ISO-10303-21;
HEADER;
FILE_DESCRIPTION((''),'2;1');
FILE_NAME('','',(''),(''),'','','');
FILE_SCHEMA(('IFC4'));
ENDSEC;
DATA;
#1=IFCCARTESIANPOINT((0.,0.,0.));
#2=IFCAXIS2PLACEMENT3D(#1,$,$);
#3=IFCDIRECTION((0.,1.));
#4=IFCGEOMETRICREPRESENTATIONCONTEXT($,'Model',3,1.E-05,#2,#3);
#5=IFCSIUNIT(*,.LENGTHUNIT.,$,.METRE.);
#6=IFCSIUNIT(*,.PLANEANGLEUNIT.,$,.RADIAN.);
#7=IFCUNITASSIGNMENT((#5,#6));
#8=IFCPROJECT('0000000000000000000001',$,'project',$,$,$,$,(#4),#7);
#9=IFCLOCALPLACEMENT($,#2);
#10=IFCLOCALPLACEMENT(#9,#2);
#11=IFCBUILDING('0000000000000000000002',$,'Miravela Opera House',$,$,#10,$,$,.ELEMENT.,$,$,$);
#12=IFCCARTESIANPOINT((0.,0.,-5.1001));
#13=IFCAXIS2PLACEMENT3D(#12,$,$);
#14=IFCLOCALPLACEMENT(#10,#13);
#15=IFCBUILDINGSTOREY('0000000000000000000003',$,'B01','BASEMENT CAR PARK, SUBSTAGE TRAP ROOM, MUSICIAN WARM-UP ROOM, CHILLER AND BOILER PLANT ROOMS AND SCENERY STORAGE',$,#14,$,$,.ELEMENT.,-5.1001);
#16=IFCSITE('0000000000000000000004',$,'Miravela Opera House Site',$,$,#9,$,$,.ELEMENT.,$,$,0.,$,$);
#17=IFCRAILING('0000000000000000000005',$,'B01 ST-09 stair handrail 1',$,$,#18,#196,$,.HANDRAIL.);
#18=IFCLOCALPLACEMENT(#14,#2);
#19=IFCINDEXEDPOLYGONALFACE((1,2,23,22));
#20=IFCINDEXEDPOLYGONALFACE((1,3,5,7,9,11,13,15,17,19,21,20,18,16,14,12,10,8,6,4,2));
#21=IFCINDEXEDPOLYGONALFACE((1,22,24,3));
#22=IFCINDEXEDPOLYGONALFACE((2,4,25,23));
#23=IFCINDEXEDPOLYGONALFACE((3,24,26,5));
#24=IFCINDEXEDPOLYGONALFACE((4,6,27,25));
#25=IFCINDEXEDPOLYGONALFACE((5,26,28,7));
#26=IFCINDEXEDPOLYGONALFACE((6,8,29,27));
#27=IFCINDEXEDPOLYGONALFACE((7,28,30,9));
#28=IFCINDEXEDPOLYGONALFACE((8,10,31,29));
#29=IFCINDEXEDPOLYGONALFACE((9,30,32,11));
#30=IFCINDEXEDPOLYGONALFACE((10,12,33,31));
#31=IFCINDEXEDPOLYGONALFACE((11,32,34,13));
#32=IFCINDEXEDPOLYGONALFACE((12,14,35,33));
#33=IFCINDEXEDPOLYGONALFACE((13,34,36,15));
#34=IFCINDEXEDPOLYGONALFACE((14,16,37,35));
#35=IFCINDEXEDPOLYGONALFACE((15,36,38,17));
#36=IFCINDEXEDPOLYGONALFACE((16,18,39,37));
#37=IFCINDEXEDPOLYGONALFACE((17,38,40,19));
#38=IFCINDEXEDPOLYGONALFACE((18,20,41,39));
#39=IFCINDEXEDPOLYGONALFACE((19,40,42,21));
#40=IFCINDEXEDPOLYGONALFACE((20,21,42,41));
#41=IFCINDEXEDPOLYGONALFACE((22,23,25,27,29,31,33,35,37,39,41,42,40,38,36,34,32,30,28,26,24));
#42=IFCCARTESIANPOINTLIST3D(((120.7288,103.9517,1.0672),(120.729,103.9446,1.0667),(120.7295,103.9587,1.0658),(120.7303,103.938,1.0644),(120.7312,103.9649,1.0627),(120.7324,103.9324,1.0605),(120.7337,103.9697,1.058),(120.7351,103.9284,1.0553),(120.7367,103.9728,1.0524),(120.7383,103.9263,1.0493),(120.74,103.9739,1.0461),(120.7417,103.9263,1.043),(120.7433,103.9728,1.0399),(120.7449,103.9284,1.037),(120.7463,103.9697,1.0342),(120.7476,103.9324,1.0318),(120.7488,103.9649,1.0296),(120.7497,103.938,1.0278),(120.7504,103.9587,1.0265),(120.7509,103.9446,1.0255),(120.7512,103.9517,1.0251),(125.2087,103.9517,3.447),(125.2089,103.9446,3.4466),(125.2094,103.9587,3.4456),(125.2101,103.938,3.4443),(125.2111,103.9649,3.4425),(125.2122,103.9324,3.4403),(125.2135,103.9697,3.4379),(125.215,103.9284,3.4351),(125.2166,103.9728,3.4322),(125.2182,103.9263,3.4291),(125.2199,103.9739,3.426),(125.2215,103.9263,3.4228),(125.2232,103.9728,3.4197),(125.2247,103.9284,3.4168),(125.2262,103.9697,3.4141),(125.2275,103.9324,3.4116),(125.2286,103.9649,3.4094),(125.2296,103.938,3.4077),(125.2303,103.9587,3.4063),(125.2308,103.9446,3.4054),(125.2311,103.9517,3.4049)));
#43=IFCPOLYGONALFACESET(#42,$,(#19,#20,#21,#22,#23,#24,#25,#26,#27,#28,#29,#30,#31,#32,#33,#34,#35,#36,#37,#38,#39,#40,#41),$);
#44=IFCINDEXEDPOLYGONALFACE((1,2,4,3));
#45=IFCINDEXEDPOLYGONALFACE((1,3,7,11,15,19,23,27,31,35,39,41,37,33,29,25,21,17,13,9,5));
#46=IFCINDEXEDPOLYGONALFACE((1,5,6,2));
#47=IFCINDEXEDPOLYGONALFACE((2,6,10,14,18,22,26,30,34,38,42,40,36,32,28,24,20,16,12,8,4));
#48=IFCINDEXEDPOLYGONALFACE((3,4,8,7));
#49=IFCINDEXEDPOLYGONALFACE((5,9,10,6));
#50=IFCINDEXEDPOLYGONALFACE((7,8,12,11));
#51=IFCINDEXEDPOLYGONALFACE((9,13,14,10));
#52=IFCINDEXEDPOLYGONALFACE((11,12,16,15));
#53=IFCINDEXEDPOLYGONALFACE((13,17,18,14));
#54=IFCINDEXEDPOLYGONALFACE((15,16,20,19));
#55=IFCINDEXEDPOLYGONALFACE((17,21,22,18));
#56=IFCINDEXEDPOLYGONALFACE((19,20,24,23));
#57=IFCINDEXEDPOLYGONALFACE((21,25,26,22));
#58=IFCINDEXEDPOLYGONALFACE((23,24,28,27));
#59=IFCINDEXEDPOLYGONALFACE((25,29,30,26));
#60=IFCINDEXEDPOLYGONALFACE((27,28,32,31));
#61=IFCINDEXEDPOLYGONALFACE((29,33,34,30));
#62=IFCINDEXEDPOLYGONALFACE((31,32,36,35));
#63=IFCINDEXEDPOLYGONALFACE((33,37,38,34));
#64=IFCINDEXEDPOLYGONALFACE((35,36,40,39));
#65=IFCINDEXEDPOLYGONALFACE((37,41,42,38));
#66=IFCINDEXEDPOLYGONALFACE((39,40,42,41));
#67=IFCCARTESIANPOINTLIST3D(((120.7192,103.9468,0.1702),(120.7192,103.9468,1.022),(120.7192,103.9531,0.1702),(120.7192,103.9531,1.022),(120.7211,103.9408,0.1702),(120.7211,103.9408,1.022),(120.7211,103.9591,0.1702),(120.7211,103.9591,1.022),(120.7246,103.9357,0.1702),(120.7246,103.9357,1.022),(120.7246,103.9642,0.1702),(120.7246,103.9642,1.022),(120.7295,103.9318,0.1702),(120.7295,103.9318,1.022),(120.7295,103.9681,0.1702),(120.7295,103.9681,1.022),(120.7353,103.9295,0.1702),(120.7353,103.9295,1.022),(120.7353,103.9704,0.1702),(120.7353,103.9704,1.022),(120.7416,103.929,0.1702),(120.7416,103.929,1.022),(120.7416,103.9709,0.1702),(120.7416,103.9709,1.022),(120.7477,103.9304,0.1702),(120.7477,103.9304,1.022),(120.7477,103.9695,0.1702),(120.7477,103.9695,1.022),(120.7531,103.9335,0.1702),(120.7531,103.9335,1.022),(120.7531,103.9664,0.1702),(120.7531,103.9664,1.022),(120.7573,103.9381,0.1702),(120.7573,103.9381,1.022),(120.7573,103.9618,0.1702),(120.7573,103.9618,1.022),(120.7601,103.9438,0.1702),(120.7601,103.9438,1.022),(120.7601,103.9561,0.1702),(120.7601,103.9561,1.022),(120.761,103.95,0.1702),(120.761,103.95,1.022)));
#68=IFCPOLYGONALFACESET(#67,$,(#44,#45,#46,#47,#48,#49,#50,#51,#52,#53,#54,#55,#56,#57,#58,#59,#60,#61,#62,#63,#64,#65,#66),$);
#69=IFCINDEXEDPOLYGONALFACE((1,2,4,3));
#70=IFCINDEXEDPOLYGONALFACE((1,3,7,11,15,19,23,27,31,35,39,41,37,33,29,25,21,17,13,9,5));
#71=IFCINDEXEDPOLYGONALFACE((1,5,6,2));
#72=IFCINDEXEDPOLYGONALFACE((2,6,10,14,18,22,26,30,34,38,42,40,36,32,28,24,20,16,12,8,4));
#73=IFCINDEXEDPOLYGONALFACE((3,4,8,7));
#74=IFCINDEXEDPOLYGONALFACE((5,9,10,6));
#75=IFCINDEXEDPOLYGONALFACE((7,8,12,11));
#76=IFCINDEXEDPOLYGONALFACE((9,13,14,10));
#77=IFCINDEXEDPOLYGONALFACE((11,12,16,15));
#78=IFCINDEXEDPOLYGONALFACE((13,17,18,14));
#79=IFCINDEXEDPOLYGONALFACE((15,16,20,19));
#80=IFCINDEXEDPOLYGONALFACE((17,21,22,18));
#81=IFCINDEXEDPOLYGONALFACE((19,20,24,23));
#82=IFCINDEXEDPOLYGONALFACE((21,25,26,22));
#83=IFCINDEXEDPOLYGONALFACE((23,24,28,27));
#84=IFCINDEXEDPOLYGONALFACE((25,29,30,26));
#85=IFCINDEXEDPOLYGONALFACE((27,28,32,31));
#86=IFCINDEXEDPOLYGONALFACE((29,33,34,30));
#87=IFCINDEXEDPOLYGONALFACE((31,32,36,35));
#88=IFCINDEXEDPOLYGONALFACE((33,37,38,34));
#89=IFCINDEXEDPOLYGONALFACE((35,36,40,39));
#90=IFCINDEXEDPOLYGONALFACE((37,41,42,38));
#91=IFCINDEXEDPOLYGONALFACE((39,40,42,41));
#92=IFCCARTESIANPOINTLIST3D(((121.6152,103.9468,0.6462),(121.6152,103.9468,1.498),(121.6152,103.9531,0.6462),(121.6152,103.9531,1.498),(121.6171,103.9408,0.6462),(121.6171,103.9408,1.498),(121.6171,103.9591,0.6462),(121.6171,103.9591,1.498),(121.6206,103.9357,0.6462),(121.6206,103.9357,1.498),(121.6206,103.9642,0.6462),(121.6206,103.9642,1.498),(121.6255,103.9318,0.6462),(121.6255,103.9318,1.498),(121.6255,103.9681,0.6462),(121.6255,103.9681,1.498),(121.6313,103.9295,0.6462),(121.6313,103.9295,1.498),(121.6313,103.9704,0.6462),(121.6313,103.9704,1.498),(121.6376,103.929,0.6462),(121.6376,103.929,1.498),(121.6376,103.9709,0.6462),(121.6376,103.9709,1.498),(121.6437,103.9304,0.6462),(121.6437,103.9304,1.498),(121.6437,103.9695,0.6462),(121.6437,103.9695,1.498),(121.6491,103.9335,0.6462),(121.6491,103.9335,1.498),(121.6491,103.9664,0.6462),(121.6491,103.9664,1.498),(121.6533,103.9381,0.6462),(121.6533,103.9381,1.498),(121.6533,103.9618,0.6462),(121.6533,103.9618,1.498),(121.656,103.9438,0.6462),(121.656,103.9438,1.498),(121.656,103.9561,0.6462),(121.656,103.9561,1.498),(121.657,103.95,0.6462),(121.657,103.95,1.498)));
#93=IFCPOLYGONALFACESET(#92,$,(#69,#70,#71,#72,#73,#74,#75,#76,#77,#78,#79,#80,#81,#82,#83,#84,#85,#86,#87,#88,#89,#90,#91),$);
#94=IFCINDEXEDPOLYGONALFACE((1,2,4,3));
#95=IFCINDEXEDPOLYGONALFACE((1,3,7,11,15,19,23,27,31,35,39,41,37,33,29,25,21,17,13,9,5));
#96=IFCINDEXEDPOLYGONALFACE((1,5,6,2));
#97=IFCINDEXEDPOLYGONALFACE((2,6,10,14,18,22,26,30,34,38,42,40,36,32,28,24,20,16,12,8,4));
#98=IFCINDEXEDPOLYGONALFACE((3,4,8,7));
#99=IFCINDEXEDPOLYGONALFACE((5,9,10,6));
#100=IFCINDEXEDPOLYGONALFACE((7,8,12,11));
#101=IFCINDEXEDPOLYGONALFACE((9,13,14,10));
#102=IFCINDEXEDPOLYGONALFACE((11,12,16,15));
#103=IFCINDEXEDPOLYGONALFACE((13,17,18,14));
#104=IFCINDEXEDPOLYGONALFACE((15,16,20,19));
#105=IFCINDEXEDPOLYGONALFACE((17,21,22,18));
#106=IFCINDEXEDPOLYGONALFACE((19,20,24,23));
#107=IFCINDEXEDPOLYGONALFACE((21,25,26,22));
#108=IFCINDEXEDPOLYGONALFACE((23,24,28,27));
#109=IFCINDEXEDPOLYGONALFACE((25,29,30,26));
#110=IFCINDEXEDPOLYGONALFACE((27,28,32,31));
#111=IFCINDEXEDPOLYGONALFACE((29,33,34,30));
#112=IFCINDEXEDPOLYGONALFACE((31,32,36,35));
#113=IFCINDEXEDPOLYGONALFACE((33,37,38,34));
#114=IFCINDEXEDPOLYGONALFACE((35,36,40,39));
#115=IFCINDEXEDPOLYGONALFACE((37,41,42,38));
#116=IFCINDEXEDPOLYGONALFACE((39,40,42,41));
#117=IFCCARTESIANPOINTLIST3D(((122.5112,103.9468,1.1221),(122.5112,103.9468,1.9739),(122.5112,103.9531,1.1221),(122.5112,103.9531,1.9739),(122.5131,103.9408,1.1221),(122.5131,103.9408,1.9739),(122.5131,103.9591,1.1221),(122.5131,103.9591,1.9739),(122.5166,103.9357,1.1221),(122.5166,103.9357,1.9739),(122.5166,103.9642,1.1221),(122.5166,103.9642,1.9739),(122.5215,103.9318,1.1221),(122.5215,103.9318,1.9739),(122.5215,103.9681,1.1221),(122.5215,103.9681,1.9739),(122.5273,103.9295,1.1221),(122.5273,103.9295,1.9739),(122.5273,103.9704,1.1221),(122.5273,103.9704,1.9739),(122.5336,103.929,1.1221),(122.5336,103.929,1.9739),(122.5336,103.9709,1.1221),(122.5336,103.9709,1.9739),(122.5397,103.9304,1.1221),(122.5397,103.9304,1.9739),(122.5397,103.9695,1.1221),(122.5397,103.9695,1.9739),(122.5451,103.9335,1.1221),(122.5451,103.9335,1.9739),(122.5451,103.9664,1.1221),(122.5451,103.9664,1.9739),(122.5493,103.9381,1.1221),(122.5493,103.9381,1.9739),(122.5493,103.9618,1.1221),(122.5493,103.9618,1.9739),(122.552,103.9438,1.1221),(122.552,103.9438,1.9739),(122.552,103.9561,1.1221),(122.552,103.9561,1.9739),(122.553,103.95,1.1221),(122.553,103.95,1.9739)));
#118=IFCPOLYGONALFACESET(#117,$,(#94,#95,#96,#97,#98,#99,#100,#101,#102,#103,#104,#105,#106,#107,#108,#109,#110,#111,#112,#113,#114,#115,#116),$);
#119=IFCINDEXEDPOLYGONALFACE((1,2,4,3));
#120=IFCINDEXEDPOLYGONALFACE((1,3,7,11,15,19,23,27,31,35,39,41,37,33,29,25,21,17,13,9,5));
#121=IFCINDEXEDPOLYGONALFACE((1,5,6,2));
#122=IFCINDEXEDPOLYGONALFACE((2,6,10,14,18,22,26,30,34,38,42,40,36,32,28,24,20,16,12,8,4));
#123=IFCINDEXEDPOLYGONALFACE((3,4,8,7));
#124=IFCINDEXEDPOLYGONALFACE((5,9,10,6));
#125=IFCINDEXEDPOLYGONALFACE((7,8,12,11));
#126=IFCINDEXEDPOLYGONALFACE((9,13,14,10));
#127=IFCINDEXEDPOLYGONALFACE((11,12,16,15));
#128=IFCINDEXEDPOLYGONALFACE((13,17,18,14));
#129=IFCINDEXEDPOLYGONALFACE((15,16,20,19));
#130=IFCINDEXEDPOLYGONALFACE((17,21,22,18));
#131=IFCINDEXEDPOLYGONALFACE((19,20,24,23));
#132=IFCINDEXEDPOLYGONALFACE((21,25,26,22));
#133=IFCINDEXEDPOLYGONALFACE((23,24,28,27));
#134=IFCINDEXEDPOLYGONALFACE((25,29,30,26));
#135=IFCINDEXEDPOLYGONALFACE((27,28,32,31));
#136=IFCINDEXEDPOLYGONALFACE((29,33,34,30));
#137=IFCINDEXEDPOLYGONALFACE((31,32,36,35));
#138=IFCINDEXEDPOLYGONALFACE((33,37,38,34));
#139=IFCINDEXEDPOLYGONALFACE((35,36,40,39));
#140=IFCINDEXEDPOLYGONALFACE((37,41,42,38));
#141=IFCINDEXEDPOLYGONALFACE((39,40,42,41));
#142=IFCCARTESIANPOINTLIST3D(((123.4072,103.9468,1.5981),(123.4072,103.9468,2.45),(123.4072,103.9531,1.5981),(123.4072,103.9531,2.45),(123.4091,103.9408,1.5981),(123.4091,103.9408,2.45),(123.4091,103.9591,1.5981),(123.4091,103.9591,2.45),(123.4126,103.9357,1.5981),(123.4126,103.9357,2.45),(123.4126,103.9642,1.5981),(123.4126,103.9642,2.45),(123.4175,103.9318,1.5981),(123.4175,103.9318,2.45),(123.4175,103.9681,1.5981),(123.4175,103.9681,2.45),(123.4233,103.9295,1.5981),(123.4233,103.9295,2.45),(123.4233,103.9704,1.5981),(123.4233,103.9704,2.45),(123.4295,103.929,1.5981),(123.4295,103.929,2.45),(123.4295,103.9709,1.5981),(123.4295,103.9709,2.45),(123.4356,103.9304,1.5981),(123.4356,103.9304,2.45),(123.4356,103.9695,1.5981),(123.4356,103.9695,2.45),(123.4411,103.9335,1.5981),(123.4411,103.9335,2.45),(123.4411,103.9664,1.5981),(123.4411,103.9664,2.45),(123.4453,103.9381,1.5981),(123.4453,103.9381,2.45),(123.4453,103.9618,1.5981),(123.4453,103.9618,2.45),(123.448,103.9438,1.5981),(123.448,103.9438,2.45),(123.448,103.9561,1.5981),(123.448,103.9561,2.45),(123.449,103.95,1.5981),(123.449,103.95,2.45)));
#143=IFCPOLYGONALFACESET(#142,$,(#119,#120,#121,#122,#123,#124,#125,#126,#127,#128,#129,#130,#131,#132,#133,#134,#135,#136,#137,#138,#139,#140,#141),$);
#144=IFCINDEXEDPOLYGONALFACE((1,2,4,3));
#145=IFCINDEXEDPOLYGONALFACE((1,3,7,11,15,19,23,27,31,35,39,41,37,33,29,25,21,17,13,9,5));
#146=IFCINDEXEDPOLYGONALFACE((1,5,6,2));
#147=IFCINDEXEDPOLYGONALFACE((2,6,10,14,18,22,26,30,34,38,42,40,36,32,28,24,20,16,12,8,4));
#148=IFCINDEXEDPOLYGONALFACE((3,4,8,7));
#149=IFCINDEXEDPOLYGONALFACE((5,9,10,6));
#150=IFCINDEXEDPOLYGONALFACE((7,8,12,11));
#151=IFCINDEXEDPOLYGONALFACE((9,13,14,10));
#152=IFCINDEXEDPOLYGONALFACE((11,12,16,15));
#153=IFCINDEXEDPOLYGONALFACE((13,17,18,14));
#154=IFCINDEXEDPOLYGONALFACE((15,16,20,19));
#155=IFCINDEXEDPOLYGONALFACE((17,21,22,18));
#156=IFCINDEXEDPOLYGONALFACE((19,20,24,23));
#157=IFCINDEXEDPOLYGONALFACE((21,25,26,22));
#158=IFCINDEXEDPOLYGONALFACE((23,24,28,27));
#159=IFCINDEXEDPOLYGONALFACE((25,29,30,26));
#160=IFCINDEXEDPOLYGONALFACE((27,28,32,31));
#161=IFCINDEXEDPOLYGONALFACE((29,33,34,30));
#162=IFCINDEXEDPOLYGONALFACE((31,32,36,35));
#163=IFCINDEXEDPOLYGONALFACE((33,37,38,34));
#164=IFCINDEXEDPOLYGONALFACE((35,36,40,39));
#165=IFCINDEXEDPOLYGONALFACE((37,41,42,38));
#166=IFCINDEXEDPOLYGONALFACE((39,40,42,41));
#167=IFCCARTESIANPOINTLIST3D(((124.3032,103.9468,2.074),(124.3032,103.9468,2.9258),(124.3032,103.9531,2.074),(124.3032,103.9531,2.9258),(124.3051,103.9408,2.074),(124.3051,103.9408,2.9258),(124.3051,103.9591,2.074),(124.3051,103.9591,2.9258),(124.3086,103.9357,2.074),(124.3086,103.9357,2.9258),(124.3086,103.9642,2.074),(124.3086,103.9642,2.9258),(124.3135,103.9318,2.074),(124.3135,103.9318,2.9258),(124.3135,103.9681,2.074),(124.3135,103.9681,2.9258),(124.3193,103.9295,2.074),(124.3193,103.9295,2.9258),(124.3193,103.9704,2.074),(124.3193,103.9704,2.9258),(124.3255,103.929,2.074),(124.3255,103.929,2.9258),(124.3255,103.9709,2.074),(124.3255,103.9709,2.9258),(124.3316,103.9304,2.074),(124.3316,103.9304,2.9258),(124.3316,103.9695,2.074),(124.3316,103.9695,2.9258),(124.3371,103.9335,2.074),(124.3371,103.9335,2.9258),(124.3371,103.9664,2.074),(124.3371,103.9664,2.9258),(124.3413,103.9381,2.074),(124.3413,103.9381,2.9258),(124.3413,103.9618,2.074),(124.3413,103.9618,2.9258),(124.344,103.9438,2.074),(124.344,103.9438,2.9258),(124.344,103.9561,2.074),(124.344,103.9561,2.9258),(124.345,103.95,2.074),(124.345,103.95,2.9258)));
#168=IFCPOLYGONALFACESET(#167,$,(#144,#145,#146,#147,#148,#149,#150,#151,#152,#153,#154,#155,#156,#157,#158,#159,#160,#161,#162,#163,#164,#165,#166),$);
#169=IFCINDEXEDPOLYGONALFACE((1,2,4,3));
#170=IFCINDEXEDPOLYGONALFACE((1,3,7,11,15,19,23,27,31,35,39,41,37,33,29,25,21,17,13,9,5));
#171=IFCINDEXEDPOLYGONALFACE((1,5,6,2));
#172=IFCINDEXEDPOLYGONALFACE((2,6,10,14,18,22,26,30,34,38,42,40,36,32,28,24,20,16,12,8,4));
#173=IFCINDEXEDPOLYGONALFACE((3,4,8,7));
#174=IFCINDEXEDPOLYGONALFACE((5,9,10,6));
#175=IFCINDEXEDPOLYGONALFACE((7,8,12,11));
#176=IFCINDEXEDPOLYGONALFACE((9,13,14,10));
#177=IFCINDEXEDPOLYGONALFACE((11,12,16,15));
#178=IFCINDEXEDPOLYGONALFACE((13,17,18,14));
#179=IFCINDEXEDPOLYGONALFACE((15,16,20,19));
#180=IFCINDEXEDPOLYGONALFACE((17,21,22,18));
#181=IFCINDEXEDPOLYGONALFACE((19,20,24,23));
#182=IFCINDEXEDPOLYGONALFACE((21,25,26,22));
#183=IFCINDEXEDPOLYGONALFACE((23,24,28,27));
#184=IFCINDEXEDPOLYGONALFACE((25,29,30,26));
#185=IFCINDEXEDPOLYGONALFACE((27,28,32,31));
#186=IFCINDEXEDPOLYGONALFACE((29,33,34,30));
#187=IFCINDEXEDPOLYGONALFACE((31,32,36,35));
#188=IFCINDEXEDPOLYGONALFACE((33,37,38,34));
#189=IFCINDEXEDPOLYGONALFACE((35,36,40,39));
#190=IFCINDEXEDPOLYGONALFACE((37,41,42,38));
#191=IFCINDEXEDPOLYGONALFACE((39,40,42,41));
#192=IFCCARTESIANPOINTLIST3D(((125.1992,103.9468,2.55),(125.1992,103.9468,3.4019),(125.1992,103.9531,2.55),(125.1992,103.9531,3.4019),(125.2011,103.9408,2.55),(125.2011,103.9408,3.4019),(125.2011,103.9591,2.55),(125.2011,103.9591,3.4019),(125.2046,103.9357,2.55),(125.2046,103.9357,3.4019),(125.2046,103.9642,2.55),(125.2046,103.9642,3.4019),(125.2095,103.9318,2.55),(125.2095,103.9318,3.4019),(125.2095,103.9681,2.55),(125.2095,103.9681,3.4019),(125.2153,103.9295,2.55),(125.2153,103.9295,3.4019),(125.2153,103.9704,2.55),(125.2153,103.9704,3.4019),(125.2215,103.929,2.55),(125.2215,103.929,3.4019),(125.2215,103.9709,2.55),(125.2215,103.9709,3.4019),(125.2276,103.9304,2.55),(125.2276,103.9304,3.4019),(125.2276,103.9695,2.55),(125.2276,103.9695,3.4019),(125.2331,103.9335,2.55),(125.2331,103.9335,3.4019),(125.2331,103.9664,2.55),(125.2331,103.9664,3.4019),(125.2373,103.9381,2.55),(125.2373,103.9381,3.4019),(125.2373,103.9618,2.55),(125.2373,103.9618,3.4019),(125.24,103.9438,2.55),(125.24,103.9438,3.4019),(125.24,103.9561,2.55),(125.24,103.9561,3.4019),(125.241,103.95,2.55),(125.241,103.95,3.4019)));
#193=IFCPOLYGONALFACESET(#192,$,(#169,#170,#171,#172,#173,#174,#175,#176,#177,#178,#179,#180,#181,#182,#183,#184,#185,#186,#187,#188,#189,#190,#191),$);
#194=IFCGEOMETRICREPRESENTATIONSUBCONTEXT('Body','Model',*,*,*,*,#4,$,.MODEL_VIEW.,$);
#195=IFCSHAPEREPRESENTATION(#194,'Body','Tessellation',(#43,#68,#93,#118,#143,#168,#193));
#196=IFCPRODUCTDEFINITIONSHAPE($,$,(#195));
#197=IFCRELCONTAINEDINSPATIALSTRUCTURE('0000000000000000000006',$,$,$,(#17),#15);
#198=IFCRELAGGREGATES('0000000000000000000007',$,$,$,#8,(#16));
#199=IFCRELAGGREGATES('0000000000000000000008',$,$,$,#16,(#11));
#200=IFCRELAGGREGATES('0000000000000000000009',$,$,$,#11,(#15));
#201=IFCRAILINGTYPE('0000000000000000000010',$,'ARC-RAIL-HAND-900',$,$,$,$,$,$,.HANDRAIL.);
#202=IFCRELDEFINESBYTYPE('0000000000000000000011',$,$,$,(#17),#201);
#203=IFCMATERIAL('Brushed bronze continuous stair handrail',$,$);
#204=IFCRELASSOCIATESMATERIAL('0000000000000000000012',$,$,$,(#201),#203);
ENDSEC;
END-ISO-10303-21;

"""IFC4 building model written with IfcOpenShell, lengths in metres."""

from ifc_helpers import new_model, si_unit, direction, frame, origin, origin_2d, place, context, subcontext, project, spatial, circle, extrude, material, type_object, element, save


model = new_model("IFC4")

# Units and contexts
model_context = context("Model", 3, precision=1e-05, world=origin(), true_north=direction((0.0, 1.0)))
body_context = subcontext(model_context, "Body", "Model", "MODEL_VIEW")
ifc_project = project(units=[si_unit("LENGTHUNIT", "METRE"), si_unit("PLANEANGLEUNIT", "RADIAN")], contexts=[model_context])

# Site, building, storey
site_placement = place(None, origin())
site = spatial("IfcSite", under=ifc_project, at=site_placement, Name="Miravela Opera House Site", CompositionType="ELEMENT", RefElevation=0.0)
building_placement = place(site_placement, origin())
building = spatial("IfcBuilding", under=site, at=building_placement, Name="Miravela Opera House", CompositionType="ELEMENT")
storey_placement = place(building_placement, frame((0.0, 0.0, -5.1001)))
storey = spatial("IfcBuildingStorey", under=building, at=storey_placement, Name="B01", Description="BASEMENT CAR PARK, SUBSTAGE TRAP ROOM, MUSICIAN WARM-UP ROOM, CHILLER AND BOILER PLANT ROOMS AND SCENERY STORAGE", CompositionType="ELEMENT", Elevation=-5.1001)

# Railing
ifc_material_1 = material(Name="Brushed bronze continuous stair handrail")
railing_type_1 = type_object("IfcRailingType", Name="ARC-RAIL-HAND-900", PredefinedType="HANDRAIL", material=ifc_material_1)
railing_1_placement = place(storey_placement, frame((120.74, 103.95, 0.1702)))
element("IfcRailing", 1, at=railing_1_placement, inside=storey, type_object=railing_type_1, Name="B01 ST-09 stair handrail 1", PredefinedType="HANDRAIL", context=body_context, shape_type="SweptSolid", body=[
    extrude(circle(Radius=0.0239, at=origin_2d()), frame((0.0, 0.0, 0.876), z_axis=(0.883124, 0.0, 0.469139), x_axis=(0.0, 1.0, 0.0)), (0.0, 0.0, 1.0), 5.0728),
    extrude(circle(Radius=0.021, at=origin_2d()), origin(), (0.0, 0.0, 1.0), 0.8518),
    extrude(circle(Radius=0.021, at=origin_2d()), frame((0.896, 0.0, 0.4761)), (0.0, 0.0, 1.0), 0.8518),
    extrude(circle(Radius=0.021, at=origin_2d()), frame((1.792, 0.0, 0.9519)), (0.0, 0.0, 1.0), 0.8518),
    extrude(circle(Radius=0.021, at=origin_2d()), frame((2.688, 0.0, 1.428)), (0.0, 0.0, 1.0), 0.8518),
    extrude(circle(Radius=0.021, at=origin_2d()), frame((3.584, 0.0, 1.9038)), (0.0, 0.0, 1.0), 0.8518),
    extrude(circle(Radius=0.021, at=origin_2d()), frame((4.48, 0.0, 2.3799)), (0.0, 0.0, 1.0), 0.8518),
])

save(model, "model.ifc")
